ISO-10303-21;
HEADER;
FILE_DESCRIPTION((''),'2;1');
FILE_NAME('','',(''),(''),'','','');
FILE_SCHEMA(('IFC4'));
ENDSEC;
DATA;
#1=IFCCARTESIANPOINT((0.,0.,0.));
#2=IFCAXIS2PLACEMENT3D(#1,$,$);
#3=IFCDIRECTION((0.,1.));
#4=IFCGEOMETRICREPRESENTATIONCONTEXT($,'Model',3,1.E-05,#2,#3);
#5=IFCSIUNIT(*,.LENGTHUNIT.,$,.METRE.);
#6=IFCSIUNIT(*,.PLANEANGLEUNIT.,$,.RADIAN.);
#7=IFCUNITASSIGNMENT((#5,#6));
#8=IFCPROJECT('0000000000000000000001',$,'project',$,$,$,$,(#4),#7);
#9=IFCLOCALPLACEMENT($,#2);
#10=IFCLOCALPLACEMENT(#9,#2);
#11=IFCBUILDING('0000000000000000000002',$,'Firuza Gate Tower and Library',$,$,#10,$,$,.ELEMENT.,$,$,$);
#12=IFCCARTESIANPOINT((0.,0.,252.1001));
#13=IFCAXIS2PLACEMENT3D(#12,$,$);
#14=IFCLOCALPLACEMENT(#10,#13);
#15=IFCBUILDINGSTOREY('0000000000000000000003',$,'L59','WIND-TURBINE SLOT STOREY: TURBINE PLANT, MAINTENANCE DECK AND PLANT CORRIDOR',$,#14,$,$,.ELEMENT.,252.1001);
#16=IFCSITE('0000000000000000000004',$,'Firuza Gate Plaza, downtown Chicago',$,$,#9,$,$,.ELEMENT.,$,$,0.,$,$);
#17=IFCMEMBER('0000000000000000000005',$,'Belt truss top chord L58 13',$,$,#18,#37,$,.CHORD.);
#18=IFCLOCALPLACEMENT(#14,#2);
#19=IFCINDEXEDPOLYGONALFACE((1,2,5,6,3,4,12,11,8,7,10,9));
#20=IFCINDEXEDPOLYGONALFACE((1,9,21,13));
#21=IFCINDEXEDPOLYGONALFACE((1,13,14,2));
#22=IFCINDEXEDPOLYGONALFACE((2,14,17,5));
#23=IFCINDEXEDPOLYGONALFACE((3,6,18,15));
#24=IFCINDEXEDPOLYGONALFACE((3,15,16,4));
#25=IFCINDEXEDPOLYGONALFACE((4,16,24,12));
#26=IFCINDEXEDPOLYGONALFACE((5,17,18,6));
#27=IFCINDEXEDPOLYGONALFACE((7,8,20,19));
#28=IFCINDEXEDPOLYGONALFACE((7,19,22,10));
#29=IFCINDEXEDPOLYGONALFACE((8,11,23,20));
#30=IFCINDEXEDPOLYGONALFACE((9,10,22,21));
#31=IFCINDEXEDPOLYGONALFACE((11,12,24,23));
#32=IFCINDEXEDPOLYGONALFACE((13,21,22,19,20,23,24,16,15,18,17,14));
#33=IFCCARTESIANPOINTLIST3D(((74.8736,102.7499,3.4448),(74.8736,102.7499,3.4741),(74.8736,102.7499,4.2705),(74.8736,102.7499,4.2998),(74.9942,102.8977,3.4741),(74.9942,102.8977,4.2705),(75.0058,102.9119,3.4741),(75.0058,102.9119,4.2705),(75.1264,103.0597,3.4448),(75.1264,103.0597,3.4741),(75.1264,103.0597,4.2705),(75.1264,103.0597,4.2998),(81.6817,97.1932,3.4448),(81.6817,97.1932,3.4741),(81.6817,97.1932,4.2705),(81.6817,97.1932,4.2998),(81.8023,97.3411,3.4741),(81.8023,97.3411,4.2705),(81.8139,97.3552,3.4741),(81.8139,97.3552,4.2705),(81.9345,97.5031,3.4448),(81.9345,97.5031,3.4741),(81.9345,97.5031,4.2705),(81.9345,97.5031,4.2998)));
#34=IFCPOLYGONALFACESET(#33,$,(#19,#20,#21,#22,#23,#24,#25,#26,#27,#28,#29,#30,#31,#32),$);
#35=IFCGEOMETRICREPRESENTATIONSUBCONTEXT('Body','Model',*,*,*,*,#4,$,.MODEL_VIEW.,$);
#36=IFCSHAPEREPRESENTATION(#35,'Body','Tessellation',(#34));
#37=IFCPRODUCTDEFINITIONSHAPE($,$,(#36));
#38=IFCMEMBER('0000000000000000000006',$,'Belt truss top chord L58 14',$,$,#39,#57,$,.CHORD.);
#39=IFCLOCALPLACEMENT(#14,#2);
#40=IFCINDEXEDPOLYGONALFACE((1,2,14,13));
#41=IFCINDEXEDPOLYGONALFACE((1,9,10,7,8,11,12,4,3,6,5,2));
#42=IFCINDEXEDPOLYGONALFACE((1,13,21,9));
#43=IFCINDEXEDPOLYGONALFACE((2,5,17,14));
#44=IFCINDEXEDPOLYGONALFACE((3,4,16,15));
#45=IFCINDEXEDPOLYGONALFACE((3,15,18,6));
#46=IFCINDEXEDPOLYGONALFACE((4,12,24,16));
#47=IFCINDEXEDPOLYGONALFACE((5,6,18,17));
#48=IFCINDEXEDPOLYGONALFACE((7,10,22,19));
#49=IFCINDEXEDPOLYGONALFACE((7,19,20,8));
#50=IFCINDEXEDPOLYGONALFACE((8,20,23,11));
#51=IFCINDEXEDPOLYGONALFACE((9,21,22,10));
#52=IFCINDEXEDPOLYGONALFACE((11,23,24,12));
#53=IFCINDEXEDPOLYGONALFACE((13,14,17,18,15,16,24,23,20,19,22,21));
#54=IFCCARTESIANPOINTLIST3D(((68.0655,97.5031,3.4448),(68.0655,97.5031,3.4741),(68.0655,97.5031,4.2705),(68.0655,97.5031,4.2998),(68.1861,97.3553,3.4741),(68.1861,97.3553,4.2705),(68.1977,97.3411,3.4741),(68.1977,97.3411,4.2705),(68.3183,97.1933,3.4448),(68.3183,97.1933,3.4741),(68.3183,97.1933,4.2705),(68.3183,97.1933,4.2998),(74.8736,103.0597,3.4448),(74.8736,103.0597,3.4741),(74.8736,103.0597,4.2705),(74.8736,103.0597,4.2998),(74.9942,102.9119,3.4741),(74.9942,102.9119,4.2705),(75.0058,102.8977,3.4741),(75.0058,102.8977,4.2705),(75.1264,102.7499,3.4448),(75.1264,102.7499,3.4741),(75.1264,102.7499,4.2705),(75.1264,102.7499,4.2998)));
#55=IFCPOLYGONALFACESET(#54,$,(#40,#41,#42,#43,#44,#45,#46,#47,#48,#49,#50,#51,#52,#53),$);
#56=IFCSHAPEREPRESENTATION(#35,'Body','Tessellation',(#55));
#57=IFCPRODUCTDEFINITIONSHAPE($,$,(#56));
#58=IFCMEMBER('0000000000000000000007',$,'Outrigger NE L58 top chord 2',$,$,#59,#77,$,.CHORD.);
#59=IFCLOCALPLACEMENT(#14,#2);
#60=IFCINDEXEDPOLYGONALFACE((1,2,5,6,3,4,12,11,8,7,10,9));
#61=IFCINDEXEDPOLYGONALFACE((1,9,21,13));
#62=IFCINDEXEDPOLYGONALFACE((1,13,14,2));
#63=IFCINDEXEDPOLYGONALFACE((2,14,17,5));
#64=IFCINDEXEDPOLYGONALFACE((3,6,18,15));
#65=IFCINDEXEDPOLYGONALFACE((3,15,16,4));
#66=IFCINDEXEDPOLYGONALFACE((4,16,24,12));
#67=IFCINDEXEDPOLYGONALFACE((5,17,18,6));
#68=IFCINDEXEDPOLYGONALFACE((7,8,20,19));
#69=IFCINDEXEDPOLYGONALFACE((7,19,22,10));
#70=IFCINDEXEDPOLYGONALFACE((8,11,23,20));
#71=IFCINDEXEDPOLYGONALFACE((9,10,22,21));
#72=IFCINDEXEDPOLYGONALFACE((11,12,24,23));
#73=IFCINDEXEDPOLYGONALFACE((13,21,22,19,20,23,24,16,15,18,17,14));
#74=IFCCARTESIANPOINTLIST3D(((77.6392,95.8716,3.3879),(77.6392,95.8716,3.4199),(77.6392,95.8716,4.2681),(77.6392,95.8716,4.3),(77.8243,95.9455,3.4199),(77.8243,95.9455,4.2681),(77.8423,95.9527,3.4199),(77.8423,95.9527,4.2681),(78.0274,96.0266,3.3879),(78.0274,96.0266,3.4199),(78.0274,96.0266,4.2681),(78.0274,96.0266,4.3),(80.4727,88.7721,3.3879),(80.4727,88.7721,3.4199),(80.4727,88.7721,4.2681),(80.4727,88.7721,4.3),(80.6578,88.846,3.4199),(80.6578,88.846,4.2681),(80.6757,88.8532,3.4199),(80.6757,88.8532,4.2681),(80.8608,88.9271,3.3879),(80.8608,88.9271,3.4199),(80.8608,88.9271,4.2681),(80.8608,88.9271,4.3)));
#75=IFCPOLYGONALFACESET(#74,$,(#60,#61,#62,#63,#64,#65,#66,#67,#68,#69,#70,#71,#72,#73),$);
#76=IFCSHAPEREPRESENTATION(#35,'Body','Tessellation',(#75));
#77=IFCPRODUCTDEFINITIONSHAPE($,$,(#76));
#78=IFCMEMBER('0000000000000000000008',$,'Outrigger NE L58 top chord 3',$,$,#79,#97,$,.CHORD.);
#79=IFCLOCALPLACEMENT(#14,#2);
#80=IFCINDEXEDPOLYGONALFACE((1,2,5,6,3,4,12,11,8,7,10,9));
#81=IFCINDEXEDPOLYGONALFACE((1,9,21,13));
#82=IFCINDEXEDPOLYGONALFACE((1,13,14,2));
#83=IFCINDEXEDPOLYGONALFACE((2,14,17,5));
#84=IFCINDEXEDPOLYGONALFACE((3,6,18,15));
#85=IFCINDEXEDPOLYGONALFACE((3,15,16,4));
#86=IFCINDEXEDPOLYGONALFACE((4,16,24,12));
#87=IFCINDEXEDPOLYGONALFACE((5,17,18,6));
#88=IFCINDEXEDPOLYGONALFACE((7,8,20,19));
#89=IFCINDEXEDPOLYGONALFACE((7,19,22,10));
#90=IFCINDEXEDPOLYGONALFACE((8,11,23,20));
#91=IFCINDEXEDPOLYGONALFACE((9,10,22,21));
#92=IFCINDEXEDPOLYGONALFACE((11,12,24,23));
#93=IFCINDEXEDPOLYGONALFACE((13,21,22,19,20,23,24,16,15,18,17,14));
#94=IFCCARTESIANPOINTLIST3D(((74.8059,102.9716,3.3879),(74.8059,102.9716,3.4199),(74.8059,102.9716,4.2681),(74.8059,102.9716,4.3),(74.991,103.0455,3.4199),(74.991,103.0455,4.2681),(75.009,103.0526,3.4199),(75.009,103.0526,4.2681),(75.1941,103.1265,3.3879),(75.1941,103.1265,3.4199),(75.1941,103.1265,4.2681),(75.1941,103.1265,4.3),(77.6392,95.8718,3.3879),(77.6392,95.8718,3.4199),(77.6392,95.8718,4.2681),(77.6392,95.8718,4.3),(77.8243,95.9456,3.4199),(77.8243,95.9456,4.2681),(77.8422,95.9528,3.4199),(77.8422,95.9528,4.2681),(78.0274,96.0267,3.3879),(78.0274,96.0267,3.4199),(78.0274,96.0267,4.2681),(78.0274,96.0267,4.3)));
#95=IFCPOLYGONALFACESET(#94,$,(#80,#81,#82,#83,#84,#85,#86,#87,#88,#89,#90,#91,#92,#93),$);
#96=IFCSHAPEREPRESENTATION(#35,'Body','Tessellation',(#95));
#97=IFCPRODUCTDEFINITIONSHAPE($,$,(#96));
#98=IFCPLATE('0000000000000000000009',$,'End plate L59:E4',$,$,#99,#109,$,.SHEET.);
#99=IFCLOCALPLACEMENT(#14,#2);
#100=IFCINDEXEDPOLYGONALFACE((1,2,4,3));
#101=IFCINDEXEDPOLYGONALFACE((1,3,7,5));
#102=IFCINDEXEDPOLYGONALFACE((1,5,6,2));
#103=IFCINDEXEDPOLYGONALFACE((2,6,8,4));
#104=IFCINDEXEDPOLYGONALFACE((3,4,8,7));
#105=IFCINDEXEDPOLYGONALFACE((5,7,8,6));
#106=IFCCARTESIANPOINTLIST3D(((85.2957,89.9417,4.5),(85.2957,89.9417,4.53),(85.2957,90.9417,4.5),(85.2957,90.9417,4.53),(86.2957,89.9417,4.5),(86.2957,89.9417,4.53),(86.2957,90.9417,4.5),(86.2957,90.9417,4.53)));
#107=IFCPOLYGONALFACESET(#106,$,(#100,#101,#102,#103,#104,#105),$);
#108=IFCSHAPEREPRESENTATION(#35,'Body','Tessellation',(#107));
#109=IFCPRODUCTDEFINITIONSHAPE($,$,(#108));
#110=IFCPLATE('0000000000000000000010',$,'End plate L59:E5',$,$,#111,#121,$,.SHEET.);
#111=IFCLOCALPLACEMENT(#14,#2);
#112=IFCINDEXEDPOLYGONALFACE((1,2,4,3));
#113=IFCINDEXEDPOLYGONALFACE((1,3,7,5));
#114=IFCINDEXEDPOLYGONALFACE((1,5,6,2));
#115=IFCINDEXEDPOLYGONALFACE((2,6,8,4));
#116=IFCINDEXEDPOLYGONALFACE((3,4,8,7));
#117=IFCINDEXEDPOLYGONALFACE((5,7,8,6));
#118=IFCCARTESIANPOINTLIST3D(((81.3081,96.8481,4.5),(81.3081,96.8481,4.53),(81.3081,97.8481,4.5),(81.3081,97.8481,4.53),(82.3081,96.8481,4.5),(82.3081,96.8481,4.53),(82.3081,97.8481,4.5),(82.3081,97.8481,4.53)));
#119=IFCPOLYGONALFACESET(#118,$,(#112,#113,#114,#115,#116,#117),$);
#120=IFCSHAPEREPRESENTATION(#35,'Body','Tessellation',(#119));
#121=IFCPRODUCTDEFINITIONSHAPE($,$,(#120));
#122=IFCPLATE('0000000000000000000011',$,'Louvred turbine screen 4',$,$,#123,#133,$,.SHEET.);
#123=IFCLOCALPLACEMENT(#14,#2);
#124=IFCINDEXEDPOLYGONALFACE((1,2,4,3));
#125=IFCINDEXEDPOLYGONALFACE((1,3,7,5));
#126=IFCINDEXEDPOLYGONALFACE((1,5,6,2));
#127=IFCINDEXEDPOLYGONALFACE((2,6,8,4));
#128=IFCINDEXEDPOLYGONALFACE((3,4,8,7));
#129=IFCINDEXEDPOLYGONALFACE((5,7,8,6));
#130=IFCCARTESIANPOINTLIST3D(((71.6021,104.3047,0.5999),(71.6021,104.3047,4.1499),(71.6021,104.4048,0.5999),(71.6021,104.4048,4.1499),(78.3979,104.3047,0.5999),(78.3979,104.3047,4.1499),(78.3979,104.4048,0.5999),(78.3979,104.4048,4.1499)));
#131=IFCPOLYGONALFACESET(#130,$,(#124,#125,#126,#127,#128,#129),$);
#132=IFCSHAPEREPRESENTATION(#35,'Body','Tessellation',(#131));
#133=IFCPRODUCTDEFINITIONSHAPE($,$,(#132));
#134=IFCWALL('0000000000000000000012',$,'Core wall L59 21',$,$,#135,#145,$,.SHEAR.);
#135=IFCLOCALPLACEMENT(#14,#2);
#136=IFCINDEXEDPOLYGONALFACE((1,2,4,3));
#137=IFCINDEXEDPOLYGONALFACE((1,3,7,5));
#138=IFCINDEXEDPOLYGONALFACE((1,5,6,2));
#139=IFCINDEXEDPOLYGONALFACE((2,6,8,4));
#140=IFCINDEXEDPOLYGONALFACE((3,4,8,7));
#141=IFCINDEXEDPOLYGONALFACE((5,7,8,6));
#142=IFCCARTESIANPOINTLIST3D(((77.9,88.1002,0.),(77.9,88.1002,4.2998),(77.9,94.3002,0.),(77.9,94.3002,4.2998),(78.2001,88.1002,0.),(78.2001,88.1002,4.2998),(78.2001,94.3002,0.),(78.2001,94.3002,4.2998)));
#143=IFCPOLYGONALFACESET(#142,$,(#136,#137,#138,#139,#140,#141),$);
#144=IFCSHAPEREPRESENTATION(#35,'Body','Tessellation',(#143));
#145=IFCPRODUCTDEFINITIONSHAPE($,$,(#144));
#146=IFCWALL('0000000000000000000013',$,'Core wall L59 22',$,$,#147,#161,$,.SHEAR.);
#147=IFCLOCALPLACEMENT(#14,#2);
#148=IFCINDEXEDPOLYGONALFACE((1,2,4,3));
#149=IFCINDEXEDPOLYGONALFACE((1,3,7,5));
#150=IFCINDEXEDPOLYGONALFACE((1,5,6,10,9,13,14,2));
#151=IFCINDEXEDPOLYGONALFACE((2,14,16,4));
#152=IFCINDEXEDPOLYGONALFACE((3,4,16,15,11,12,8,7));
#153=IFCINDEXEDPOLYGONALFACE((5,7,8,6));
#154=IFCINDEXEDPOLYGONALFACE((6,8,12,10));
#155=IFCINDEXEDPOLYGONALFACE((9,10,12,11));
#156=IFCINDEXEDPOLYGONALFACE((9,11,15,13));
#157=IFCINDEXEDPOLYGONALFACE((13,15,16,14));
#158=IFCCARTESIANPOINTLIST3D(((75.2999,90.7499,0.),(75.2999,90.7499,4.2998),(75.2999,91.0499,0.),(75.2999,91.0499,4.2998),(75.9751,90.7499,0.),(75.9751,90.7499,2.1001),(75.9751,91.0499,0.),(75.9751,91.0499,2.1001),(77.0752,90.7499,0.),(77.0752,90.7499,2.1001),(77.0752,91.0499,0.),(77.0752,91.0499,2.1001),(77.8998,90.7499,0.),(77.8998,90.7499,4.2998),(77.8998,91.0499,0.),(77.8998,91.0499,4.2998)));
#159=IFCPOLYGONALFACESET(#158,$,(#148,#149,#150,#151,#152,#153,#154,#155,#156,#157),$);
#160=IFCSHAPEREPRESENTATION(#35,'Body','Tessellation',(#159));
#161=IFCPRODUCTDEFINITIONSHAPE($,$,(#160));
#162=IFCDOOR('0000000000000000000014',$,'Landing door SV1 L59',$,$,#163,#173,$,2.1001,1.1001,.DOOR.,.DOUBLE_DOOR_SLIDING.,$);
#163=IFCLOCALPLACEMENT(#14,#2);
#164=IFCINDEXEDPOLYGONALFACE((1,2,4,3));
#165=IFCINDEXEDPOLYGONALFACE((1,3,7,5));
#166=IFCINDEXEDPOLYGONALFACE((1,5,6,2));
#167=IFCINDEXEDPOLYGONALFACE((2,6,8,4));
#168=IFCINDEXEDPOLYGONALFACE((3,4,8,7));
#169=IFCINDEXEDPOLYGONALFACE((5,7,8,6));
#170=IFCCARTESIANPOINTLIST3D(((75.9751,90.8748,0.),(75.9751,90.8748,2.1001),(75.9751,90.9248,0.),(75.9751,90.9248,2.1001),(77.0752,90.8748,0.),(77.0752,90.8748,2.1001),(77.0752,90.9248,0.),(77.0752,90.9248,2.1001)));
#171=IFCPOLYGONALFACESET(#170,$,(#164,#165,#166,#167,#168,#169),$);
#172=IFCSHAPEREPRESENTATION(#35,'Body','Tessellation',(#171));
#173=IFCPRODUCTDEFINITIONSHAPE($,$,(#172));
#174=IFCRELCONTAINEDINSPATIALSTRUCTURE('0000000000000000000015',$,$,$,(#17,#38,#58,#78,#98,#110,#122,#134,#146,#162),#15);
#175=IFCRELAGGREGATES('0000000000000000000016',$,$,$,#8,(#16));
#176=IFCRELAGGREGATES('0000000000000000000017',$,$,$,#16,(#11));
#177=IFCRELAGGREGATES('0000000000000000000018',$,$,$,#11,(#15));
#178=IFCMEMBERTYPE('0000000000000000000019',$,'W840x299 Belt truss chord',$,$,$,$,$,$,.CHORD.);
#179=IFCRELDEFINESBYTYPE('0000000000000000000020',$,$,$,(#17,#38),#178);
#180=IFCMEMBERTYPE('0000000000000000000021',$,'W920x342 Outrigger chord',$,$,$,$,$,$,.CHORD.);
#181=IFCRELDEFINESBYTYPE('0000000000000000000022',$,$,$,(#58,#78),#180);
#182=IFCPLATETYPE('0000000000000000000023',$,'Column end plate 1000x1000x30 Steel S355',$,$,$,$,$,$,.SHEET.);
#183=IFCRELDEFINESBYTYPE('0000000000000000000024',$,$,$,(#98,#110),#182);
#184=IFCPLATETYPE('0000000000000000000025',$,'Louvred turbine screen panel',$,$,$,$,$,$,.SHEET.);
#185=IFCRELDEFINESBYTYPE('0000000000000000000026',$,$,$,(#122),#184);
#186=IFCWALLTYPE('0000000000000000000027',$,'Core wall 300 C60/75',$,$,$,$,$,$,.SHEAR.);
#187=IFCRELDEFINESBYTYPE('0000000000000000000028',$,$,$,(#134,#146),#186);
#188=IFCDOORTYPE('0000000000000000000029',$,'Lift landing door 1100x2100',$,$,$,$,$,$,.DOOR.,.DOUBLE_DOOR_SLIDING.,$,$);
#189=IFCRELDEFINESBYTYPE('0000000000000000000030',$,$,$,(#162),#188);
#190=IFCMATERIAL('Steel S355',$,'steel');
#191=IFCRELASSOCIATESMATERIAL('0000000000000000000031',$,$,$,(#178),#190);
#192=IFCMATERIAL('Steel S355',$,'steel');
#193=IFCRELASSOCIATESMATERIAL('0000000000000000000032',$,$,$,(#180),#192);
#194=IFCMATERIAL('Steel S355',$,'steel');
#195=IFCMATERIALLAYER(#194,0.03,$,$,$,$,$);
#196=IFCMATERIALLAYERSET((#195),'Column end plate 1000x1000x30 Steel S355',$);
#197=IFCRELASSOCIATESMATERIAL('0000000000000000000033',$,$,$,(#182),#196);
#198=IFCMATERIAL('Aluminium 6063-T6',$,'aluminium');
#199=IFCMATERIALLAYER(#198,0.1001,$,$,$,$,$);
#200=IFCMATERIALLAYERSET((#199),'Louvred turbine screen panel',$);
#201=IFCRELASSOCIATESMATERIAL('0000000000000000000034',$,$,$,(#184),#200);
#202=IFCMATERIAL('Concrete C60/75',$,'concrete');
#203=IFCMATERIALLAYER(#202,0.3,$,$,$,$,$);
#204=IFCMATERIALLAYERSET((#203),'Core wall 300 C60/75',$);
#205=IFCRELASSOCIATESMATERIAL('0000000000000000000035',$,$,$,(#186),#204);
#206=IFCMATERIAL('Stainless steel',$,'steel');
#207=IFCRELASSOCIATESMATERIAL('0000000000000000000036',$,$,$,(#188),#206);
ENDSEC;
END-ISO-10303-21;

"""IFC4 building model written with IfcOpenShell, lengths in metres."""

from ifc_helpers import new_model, si_unit, direction, frame, frame_2d, origin, origin_2d, place, context, subcontext, project, spatial, polyline, rectangle, i_section, outline, extrude, material, layer, layer_set, material_profile, profile_set, type_object, element, fill, save


model = new_model("IFC4")

# Units and contexts
model_context = context("Model", 3, precision=1e-05, world=origin(), true_north=direction((0.0, 1.0)))
body_context = subcontext(model_context, "Body", "Model", "MODEL_VIEW")
ifc_project = project(units=[si_unit("LENGTHUNIT", "METRE"), si_unit("PLANEANGLEUNIT", "RADIAN")], contexts=[model_context])

# Site, building, storey
site_placement = place(None, origin())
site = spatial("IfcSite", under=ifc_project, at=site_placement, Name="Firuza Gate Plaza, downtown Chicago", CompositionType="ELEMENT", RefElevation=0.0)
building_placement = place(site_placement, origin())
building = spatial("IfcBuilding", under=site, at=building_placement, Name="Firuza Gate Tower and Library", CompositionType="ELEMENT")
storey_placement = place(building_placement, frame((0.0, 0.0, 252.1001)))
storey = spatial("IfcBuildingStorey", under=building, at=storey_placement, Name="L59", Description="WIND-TURBINE SLOT STOREY: TURBINE PLANT, MAINTENANCE DECK AND PLANT CORRIDOR", CompositionType="ELEMENT", Elevation=252.1001)

# Members
ifc_material_1 = material(Name="Steel S355", Category="steel")
ifc_material_profile_1 = material_profile(ifc_material_1, i_section(OverallWidth=0.3999, OverallDepth=0.855, WebThickness=0.0183, FlangeThickness=0.0293, at=origin_2d()))
ifc_profile_set_1 = profile_set([ifc_material_profile_1], Name="Steel S355")
member_type_1 = type_object("IfcMemberType", Name="W840x299 Belt truss chord", PredefinedType="CHORD", material=ifc_profile_set_1)
for number, where, z_axis, x_axis, name in (
    (1, (81.8081, 97.3481, 3.8723), (-0.774717, 0.632308, 0.0), (-0.632308, -0.774717, 0.0), "Belt truss top chord L58 13"),
    (2, (75.0, 102.9048, 3.8723), (-0.774717, -0.632308, 0.0), (0.632308, -0.774717, 0.0), "Belt truss top chord L58 14"),
):
    element("IfcMember", number, at=place(storey_placement, frame(where, z_axis=z_axis, x_axis=x_axis)), inside=storey, type_object=member_type_1, Name=name, PredefinedType="CHORD", context=body_context, shape_type="SweptSolid", body=[
        extrude(i_section(OverallWidth=0.3999, OverallDepth=0.855, WebThickness=0.0183, FlangeThickness=0.0293, at=origin_2d()), origin(), (0.0, 0.0, 1.0), 8.7878),
    ])
ifc_material_2 = material(Name="Steel S355", Category="steel")
ifc_material_profile_2 = material_profile(ifc_material_2, i_section(OverallWidth=0.418, OverallDepth=0.9121, WebThickness=0.0193, FlangeThickness=0.032, at=origin_2d()))
ifc_profile_set_2 = profile_set([ifc_material_profile_2], Name="Steel S355")
member_type_2 = type_object("IfcMemberType", Name="W920x342 Outrigger chord", PredefinedType="CHORD", material=ifc_profile_set_2)
member_1_placement = place(storey_placement, frame((80.6667, 88.8496, 3.844), z_axis=(-0.370675, 0.928763, 0.0), x_axis=(-0.928763, -0.370675, 0.0)))
element("IfcMember", 3, at=member_1_placement, inside=storey, type_object=member_type_2, Name="Outrigger NE L58 top chord 2", PredefinedType="CHORD", context=body_context, shape_type="SweptSolid", body=[
    extrude(i_section(OverallWidth=0.418, OverallDepth=0.9121, WebThickness=0.0193, FlangeThickness=0.032, at=origin_2d()), origin(), (0.0, 0.0, 1.0), 7.644),
])
member_2_placement = place(storey_placement, frame((77.8333, 95.9492, 3.844), z_axis=(-0.370636, 0.928778, 0.0), x_axis=(-0.928778, -0.370636, 0.0)))
element("IfcMember", 4, at=member_2_placement, inside=storey, type_object=member_type_2, Name="Outrigger NE L58 top chord 3", PredefinedType="CHORD", context=body_context, shape_type="SweptSolid", body=[
    extrude(i_section(OverallWidth=0.418, OverallDepth=0.9121, WebThickness=0.0193, FlangeThickness=0.032, at=origin_2d()), origin(), (0.0, 0.0, 1.0), 7.6443),
])

# Plates
ifc_material_3 = material(Name="Steel S355", Category="steel")
ifc_layer_1 = layer(ifc_material_3, 0.03)
ifc_layer_set_1 = layer_set([ifc_layer_1], Name="Column end plate 1000x1000x30 Steel S355")
plate_type_1 = type_object("IfcPlateType", Name="Column end plate 1000x1000x30 Steel S355", PredefinedType="SHEET", material=ifc_layer_set_1)
for number, where, z_axis, x_axis, name in (
    (5, (85.7957, 90.4417, 4.5), (0.0, 0.0, 1.0), (1.0, 0.0, 0.0), "End plate L59:E4"),
    (6, (81.8081, 97.3481, 4.5), (0.0, 0.0, 1.0), (1.0, 0.0, 0.0), "End plate L59:E5"),
):
    element("IfcPlate", number, at=place(storey_placement, frame(where, z_axis=z_axis, x_axis=x_axis)), inside=storey, type_object=plate_type_1, Name=name, PredefinedType="SHEET", context=body_context, shape_type="SweptSolid", body=[
        extrude(rectangle(XDim=1.0, YDim=1.0, at=origin_2d()), origin(), (0.0, 0.0, 1.0), 0.03),
    ])
ifc_material_4 = material(Name="Aluminium 6063-T6", Category="aluminium")
ifc_layer_2 = layer(ifc_material_4, 0.1001)
ifc_layer_set_2 = layer_set([ifc_layer_2], Name="Louvred turbine screen panel")
plate_type_2 = type_object("IfcPlateType", Name="Louvred turbine screen panel", PredefinedType="SHEET", material=ifc_layer_set_2)
plate_placement = place(storey_placement, frame((78.3979, 104.4048, 0.5999), z_axis=(0.0, 1.0, 0.0), x_axis=(-1.0, 0.0, 0.0)))
element("IfcPlate", 7, at=plate_placement, inside=storey, type_object=plate_type_2, Name="Louvred turbine screen 4", PredefinedType="SHEET", context=body_context, shape_type="SweptSolid", body=[
    extrude(outline(polyline([(0.0, 0.0), (6.7959, 0.0), (6.7959, 3.55), (0.0, 3.55), (0.0, 0.0)])), origin(), (0.0, 0.0, -1.0), 0.1001),
])

# Wall
ifc_material_5 = material(Name="Concrete C60/75", Category="concrete")
ifc_layer_3 = layer(ifc_material_5, 0.3)
ifc_layer_set_3 = layer_set([ifc_layer_3], Name="Core wall 300 C60/75")
wall_type_1 = type_object("IfcWallType", Name="Core wall 300 C60/75", PredefinedType="SHEAR", material=ifc_layer_set_3)
wall_1_placement = place(storey_placement, frame((78.05, 88.1001, 0.0), z_axis=(0.0, 0.0, 1.0), x_axis=(0.0, 1.0, 0.0)))
element("IfcWall", 8, at=wall_1_placement, inside=storey, type_object=wall_type_1, Name="Core wall L59 21", PredefinedType="SHEAR", context=body_context, shape_type="SweptSolid", body=[
    extrude(rectangle(XDim=6.2, YDim=0.3, at=frame_2d((3.1001, 0.0))), origin(), (0.0, 0.0, 1.0), 4.2998),
])

# Wall, opening, door
wall_2_placement = place(storey_placement, frame((75.3, 90.8999, 0.0), z_axis=(0.0, 0.0, 1.0), x_axis=(1.0, 0.0, 0.0)))
wall_2 = element("IfcWall", 9, at=wall_2_placement, inside=storey, type_object=wall_type_1, Name="Core wall L59 22", PredefinedType="SHEAR", context=body_context, shape_type="SweptSolid", body=[
    extrude(rectangle(XDim=2.5999, YDim=0.3, at=frame_2d((1.2998, 0.0))), origin(), (0.0, 0.0, 1.0), 4.2998),
])
opening_1_placement = place(wall_2_placement, frame((0.675, 0.0, 0.0)))
opening_1 = element("IfcOpeningElement", 10, at=opening_1_placement, cuts=wall_2, PredefinedType="OPENING", context=body_context, shape_type="SweptSolid", body=[
    extrude(rectangle(XDim=1.1001, YDim=2.1001, at=frame_2d((0.55, 1.05))), frame((0.0, 0.1602, 0.0), z_axis=(0.0, -1.0, 0.0), x_axis=(1.0, 0.0, 0.0)), (0.0, 0.0, 1.0), 0.3201),
])
ifc_material_6 = material(Name="Stainless steel", Category="steel")
door_type_1 = type_object("IfcDoorType", Name="Lift landing door 1100x2100", OperationType="DOUBLE_DOOR_SLIDING", PredefinedType="DOOR", material=ifc_material_6)
door_1_placement = place(opening_1_placement, origin())
door_1 = element("IfcDoor", 11, at=door_1_placement, inside=storey, type_object=door_type_1, Name="Landing door SV1 L59", OperationType="DOUBLE_DOOR_SLIDING", OverallHeight=2.1001, OverallWidth=1.1001, PredefinedType="DOOR", context=body_context, shape_type="SweptSolid", body=[
    extrude(rectangle(XDim=1.1001, YDim=2.1001, at=frame_2d((0.55, 1.05))), frame((0.0, 0.0249, 0.0), z_axis=(0.0, -1.0, 0.0), x_axis=(1.0, 0.0, 0.0)), (0.0, 0.0, 1.0), 0.05),
])
fill(opening_1, door_1)

save(model, "model.ifc")
